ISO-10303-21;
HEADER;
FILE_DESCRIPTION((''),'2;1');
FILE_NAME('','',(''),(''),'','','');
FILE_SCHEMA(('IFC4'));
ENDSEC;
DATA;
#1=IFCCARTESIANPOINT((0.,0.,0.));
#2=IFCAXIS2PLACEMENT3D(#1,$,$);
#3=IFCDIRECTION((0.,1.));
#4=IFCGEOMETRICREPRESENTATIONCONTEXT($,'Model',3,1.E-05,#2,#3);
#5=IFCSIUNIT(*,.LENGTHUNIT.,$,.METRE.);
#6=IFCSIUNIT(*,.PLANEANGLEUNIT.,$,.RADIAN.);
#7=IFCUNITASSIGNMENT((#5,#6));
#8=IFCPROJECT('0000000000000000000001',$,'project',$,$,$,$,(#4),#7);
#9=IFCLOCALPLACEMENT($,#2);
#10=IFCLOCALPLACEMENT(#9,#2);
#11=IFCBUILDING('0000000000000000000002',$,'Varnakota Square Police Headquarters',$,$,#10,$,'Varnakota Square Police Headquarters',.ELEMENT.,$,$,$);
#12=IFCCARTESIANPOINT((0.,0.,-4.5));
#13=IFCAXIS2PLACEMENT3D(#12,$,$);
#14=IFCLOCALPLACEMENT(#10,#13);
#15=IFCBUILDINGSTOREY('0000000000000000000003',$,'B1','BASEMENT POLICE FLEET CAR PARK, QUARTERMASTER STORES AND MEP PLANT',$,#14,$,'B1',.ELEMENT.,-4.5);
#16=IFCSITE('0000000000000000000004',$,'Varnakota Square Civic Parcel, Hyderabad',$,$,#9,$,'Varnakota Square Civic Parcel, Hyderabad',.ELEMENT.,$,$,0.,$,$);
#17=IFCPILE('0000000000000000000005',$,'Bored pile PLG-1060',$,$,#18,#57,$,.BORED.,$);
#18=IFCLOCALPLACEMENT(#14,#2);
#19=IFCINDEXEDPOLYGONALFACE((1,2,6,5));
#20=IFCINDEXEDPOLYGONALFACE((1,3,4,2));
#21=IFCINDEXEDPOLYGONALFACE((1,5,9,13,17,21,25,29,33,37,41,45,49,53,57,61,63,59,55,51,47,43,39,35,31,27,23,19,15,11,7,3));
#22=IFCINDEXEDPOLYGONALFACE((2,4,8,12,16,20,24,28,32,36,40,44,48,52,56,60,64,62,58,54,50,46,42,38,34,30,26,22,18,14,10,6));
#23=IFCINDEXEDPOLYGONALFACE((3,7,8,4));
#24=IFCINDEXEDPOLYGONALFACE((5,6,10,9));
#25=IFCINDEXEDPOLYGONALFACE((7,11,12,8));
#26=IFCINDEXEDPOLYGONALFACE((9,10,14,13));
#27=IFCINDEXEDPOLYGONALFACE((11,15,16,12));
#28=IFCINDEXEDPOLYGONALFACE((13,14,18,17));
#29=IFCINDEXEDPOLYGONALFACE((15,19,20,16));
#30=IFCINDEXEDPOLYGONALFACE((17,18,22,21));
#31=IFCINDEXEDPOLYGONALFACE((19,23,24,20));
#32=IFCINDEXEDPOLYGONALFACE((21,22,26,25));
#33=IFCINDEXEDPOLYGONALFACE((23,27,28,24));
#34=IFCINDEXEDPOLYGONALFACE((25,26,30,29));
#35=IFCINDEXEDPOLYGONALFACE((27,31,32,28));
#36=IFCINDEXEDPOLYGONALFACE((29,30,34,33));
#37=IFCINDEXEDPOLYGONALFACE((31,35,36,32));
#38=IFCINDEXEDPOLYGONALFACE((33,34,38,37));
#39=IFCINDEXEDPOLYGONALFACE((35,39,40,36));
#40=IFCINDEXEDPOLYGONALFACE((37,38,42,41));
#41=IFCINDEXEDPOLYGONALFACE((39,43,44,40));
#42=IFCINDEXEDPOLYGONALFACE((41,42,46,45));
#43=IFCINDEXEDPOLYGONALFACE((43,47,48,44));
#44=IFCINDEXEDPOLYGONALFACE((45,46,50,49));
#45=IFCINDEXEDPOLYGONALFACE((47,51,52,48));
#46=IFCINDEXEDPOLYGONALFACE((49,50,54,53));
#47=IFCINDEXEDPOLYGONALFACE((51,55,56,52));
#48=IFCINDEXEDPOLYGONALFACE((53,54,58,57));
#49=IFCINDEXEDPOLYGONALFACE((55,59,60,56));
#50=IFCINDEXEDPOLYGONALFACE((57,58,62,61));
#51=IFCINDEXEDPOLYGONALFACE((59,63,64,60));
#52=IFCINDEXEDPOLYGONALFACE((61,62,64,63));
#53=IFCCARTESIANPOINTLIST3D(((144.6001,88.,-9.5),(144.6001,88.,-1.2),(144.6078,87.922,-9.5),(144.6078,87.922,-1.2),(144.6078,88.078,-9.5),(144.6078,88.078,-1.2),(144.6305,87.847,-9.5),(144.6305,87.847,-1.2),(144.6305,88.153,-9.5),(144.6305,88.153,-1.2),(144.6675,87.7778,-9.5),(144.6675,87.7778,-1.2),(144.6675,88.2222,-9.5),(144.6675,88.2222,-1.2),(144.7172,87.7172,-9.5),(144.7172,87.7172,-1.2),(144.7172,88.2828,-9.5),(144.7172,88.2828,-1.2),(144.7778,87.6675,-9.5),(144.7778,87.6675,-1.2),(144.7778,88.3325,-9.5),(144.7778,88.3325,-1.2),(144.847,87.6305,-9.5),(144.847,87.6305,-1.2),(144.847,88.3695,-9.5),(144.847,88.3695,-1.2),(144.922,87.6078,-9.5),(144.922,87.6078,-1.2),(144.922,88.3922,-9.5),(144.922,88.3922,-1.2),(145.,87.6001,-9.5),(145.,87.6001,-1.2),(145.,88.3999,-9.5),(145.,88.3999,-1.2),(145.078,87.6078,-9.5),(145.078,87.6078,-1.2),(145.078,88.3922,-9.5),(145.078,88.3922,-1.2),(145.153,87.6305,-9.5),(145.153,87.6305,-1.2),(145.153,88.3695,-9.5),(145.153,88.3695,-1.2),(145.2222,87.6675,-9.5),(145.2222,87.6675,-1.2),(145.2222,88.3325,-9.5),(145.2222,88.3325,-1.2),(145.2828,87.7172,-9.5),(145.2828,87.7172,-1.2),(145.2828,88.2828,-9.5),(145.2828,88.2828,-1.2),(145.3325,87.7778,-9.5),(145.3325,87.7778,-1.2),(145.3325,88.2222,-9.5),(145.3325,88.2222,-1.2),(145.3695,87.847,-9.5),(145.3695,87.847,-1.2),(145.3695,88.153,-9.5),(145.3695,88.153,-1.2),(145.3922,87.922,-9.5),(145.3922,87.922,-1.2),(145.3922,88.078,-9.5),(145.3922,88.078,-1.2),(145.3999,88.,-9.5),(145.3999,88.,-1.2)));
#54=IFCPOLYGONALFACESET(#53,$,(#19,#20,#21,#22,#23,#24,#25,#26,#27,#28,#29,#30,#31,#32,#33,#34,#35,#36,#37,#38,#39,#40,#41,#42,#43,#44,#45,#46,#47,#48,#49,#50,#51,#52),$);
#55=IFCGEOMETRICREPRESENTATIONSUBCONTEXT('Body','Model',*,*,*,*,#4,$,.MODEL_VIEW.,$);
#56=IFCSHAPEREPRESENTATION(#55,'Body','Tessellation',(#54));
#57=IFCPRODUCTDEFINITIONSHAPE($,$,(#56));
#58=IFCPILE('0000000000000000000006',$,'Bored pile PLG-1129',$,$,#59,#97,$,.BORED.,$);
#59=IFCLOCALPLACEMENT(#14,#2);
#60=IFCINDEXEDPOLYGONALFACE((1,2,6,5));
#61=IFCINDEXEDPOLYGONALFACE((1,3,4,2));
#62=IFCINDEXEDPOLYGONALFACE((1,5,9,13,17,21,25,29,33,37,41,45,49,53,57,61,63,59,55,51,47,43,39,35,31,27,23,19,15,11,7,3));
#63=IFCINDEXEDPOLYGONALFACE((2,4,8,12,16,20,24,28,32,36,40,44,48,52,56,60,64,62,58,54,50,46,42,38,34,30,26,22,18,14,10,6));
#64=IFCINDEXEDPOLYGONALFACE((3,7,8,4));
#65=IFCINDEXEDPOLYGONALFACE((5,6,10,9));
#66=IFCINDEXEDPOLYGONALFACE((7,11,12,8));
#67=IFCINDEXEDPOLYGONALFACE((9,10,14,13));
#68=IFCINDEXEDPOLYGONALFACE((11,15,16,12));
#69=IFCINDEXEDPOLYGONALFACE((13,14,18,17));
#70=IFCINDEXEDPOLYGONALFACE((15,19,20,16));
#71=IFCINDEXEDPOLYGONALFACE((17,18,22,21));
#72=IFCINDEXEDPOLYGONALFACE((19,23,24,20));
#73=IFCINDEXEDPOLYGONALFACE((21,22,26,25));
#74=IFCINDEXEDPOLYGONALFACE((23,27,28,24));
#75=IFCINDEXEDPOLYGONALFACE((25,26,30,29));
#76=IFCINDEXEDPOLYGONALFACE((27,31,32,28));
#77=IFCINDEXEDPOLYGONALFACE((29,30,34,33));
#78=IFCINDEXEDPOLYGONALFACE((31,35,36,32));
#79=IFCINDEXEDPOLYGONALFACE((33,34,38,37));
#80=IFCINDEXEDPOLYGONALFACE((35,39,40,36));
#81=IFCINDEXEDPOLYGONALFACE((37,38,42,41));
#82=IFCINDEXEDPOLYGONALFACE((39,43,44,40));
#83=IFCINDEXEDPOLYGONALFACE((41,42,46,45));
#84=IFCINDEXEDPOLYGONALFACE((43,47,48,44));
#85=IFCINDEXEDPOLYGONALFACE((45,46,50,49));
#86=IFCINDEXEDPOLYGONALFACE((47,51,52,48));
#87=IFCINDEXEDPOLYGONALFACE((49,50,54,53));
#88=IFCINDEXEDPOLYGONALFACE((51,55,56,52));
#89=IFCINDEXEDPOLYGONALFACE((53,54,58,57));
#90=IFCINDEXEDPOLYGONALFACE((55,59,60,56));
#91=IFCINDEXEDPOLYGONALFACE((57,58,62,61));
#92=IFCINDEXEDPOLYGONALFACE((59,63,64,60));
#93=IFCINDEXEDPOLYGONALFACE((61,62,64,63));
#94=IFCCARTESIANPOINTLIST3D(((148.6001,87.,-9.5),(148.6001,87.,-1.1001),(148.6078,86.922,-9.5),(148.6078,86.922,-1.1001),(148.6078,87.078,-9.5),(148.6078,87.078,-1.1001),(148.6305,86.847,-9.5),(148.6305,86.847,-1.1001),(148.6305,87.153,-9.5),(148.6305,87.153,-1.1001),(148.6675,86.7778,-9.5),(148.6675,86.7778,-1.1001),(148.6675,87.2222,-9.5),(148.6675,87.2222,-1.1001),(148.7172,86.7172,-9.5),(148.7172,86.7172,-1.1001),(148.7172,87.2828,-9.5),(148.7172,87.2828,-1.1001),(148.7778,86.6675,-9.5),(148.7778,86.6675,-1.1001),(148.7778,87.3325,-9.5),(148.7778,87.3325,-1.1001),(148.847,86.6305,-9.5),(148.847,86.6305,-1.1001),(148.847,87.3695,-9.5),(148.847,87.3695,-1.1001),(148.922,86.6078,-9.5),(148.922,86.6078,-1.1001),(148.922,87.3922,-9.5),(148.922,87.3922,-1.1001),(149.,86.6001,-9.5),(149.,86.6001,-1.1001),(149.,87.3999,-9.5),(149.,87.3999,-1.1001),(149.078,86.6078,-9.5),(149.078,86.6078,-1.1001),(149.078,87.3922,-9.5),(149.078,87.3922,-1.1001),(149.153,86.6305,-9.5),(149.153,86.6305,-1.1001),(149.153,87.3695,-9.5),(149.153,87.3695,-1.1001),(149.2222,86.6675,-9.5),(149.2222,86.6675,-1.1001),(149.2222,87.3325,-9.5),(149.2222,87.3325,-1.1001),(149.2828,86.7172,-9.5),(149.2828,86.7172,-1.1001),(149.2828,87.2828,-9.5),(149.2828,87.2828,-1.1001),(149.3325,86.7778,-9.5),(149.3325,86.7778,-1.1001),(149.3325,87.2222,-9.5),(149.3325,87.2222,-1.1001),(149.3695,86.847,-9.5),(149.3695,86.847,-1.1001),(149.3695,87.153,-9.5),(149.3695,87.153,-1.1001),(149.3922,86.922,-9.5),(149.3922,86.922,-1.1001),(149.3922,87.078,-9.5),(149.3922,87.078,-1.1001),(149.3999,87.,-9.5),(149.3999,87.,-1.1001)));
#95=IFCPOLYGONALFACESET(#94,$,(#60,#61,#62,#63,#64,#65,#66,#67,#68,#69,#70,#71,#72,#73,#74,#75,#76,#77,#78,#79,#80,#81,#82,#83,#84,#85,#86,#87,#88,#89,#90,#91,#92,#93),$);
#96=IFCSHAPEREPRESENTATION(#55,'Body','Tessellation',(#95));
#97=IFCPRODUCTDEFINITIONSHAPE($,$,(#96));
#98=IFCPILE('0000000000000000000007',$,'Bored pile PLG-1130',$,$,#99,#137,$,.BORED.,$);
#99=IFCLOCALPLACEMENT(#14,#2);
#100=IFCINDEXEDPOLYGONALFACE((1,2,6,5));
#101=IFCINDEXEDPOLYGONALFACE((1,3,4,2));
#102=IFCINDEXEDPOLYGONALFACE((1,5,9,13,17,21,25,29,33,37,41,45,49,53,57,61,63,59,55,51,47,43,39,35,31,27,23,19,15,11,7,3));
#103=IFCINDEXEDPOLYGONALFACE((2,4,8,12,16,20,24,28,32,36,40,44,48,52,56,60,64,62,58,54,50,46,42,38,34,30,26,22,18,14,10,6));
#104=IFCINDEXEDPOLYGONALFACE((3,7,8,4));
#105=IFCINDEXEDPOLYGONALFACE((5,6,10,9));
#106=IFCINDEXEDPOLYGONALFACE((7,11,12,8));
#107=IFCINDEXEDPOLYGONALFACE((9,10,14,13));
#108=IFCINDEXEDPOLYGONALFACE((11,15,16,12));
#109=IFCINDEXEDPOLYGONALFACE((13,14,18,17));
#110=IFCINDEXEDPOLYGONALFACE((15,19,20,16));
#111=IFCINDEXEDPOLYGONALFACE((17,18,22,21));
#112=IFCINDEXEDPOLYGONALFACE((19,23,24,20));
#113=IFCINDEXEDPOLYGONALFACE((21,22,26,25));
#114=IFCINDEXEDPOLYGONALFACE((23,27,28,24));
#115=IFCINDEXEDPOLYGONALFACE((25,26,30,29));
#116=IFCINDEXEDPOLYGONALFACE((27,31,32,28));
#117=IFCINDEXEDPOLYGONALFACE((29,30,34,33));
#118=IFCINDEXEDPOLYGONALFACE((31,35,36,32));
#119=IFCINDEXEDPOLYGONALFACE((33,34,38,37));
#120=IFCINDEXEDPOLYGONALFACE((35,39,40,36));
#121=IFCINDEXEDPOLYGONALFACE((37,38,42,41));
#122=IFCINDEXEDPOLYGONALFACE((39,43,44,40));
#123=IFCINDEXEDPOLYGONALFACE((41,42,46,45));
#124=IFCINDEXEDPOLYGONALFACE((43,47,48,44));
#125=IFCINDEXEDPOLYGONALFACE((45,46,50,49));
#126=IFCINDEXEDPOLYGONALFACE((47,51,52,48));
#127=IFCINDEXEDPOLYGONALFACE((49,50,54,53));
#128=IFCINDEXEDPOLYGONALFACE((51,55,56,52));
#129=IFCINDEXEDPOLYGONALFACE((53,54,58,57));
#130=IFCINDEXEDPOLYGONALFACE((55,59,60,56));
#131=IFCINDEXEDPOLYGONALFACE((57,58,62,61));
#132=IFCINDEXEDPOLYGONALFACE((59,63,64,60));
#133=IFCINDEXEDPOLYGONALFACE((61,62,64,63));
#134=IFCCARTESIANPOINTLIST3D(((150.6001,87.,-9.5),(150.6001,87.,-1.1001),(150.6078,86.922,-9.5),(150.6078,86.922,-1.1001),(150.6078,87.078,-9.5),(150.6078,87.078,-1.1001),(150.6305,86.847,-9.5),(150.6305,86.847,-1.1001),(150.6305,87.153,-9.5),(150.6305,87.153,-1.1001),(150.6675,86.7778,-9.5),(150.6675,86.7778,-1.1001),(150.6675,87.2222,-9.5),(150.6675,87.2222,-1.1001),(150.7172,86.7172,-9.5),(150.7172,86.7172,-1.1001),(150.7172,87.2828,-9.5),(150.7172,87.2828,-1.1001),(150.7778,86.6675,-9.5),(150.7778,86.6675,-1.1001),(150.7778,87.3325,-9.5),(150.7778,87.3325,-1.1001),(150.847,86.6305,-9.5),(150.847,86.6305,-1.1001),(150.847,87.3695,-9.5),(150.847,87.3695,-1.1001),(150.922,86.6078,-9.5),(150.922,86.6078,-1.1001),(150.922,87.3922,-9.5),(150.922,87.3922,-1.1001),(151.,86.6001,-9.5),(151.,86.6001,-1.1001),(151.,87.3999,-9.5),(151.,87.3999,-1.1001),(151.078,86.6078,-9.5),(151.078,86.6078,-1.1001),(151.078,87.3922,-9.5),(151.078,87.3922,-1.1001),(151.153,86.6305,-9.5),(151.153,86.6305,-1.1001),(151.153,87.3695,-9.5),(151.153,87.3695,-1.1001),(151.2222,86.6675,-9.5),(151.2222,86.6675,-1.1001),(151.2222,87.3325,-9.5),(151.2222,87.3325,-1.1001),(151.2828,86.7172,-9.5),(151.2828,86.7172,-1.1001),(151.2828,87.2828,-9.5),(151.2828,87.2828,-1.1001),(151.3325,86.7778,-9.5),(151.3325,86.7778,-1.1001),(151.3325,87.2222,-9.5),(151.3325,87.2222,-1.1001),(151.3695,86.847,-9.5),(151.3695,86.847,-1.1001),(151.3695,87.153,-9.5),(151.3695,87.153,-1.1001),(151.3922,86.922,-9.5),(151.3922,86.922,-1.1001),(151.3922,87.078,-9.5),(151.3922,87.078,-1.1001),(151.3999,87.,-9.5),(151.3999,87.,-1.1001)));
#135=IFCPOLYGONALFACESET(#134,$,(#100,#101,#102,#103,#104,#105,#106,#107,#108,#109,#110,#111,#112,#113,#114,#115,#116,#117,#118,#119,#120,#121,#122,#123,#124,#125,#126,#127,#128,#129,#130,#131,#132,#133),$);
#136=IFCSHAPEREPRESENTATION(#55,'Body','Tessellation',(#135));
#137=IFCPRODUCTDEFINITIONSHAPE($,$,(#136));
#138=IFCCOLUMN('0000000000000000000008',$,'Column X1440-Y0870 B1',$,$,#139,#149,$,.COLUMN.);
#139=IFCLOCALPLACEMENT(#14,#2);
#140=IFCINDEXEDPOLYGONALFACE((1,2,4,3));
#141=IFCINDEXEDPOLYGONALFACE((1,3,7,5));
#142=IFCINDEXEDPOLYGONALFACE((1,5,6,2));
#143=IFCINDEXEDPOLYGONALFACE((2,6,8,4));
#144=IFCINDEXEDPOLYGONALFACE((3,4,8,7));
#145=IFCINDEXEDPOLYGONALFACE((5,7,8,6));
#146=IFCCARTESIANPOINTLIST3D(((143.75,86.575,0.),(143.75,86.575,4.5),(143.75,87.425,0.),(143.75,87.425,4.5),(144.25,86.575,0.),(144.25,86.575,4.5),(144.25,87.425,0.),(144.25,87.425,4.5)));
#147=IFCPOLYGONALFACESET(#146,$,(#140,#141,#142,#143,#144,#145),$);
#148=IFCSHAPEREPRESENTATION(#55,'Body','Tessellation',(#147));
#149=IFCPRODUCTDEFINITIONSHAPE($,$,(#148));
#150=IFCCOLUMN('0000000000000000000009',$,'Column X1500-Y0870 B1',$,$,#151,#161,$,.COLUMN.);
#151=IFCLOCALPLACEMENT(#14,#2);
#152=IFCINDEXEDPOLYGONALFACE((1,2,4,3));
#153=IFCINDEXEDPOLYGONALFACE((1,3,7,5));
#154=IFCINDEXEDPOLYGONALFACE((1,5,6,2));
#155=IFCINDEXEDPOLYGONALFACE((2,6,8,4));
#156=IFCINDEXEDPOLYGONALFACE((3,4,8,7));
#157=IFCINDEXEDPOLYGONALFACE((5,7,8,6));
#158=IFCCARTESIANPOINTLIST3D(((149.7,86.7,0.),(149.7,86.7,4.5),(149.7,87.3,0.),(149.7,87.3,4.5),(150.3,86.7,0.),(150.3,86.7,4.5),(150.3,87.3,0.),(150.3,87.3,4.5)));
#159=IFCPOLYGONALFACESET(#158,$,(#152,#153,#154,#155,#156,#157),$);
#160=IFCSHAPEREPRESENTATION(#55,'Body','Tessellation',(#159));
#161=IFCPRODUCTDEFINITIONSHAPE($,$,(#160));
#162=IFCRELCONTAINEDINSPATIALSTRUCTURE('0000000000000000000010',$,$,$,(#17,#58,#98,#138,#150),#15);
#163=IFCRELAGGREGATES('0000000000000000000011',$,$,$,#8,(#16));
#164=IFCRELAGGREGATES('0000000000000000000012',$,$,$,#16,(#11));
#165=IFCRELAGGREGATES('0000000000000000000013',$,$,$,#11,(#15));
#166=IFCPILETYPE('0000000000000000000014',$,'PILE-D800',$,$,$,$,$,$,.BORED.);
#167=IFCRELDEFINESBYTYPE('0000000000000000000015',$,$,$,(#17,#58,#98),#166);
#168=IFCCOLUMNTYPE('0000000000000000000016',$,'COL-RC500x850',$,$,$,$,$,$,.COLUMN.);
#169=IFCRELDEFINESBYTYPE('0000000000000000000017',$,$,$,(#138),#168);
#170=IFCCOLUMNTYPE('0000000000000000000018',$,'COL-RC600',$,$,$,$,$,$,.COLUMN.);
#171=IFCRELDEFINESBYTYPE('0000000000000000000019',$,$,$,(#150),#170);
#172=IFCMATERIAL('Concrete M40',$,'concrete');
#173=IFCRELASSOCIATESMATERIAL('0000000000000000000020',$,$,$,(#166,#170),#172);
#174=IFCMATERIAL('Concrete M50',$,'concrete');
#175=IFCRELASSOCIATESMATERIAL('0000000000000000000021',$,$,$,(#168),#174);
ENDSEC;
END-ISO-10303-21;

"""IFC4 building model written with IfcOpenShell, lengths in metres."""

from ifc_helpers import new_model, si_unit, direction, frame, origin, origin_2d, place, context, subcontext, project, spatial, rectangle, circle, extrude, material, material_profile, profile_set, type_object, element, save


model = new_model("IFC4")

# Units and contexts
model_context = context("Model", 3, precision=1e-05, world=origin(), true_north=direction((0.0, 1.0)))
body_context = subcontext(model_context, "Body", "Model", "MODEL_VIEW")
ifc_project = project(units=[si_unit("LENGTHUNIT", "METRE"), si_unit("PLANEANGLEUNIT", "RADIAN")], contexts=[model_context])

# Site, building, storey
site_placement = place(None, origin())
site = spatial("IfcSite", under=ifc_project, at=site_placement, Name="Varnakota Square Civic Parcel, Hyderabad", LongName="Varnakota Square Civic Parcel, Hyderabad", CompositionType="ELEMENT", RefElevation=0.0)
building_placement = place(site_placement, origin())
building = spatial("IfcBuilding", under=site, at=building_placement, Name="Varnakota Square Police Headquarters", LongName="Varnakota Square Police Headquarters", CompositionType="ELEMENT")
storey_placement = place(building_placement, frame((0.0, 0.0, -4.5)))
storey = spatial("IfcBuildingStorey", under=building, at=storey_placement, Name="B1", Description="BASEMENT POLICE FLEET CAR PARK, QUARTERMASTER STORES AND MEP PLANT", LongName="B1", CompositionType="ELEMENT", Elevation=-4.5)

# Shared definitions
ifc_material_1 = material(Name="Concrete M40", Category="concrete")

# Piles
ifc_material_profile_1 = material_profile(ifc_material_1, circle(Radius=0.3999, at=origin_2d()), Name="BORED PILE 800")
ifc_profile_set_1 = profile_set([ifc_material_profile_1], Name="Concrete M40")
pile_type = type_object("IfcPileType", Name="PILE-D800", PredefinedType="BORED", material=ifc_profile_set_1)
for number, where, z_axis, x_axis, name in (
    (1, (145.0, 88.0, -1.2), (0.0, 0.0, -1.0), (1.0, 0.0, 0.0), "Bored pile PLG-1060"),
):
    element("IfcPile", number, at=place(storey_placement, frame(where, z_axis=z_axis, x_axis=x_axis)), inside=storey, type_object=pile_type, Name=name, PredefinedType="BORED", context=body_context, shape_type="SweptSolid", body=[
        extrude(circle(Radius=0.3999, at=origin_2d()), origin(), (0.0, 0.0, 1.0), 8.3),
    ])
for number, where, z_axis, x_axis, name in (
    (2, (149.0, 87.0, -1.1001), (0.0, 0.0, -1.0), (1.0, 0.0, 0.0), "Bored pile PLG-1129"),
    (3, (151.0, 87.0, -1.1001), (0.0, 0.0, -1.0), (1.0, 0.0, 0.0), "Bored pile PLG-1130"),
):
    element("IfcPile", number, at=place(storey_placement, frame(where, z_axis=z_axis, x_axis=x_axis)), inside=storey, type_object=pile_type, Name=name, PredefinedType="BORED", context=body_context, shape_type="SweptSolid", body=[
        extrude(circle(Radius=0.3999, at=origin_2d()), origin(), (0.0, 0.0, 1.0), 8.3999),
    ])

# Columns
ifc_material_2 = material(Name="Concrete M50", Category="concrete")
ifc_material_profile_2 = material_profile(ifc_material_2, rectangle(XDim=0.5, YDim=0.8501, at=origin_2d()), Name="RC 500x850")
ifc_profile_set_2 = profile_set([ifc_material_profile_2], Name="Concrete M50")
column_type_1 = type_object("IfcColumnType", Name="COL-RC500x850", PredefinedType="COLUMN", material=ifc_profile_set_2)
column_1_placement = place(storey_placement, frame((144.0, 87.0, 0.0), z_axis=(0.0, 0.0, 1.0), x_axis=(1.0, 0.0, 0.0)))
element("IfcColumn", 4, at=column_1_placement, inside=storey, type_object=column_type_1, Name="Column X1440-Y0870 B1", PredefinedType="COLUMN", context=body_context, shape_type="SweptSolid", body=[
    extrude(rectangle(XDim=0.5, YDim=0.8501, at=origin_2d()), origin(), (0.0, 0.0, 1.0), 4.5),
])
ifc_material_profile_3 = material_profile(ifc_material_1, rectangle(XDim=0.6001, YDim=0.6001, at=origin_2d()), Name="RC 600x600")
ifc_profile_set_3 = profile_set([ifc_material_profile_3], Name="Concrete M40")
column_type_2 = type_object("IfcColumnType", Name="COL-RC600", PredefinedType="COLUMN", material=ifc_profile_set_3)
column_2_placement = place(storey_placement, frame((150.0, 87.0, 0.0), z_axis=(0.0, 0.0, 1.0), x_axis=(1.0, 0.0, 0.0)))
element("IfcColumn", 5, at=column_2_placement, inside=storey, type_object=column_type_2, Name="Column X1500-Y0870 B1", PredefinedType="COLUMN", context=body_context, shape_type="SweptSolid", body=[
    extrude(rectangle(XDim=0.6001, YDim=0.6001, at=origin_2d()), origin(), (0.0, 0.0, 1.0), 4.5),
])

save(model, "model.ifc")
